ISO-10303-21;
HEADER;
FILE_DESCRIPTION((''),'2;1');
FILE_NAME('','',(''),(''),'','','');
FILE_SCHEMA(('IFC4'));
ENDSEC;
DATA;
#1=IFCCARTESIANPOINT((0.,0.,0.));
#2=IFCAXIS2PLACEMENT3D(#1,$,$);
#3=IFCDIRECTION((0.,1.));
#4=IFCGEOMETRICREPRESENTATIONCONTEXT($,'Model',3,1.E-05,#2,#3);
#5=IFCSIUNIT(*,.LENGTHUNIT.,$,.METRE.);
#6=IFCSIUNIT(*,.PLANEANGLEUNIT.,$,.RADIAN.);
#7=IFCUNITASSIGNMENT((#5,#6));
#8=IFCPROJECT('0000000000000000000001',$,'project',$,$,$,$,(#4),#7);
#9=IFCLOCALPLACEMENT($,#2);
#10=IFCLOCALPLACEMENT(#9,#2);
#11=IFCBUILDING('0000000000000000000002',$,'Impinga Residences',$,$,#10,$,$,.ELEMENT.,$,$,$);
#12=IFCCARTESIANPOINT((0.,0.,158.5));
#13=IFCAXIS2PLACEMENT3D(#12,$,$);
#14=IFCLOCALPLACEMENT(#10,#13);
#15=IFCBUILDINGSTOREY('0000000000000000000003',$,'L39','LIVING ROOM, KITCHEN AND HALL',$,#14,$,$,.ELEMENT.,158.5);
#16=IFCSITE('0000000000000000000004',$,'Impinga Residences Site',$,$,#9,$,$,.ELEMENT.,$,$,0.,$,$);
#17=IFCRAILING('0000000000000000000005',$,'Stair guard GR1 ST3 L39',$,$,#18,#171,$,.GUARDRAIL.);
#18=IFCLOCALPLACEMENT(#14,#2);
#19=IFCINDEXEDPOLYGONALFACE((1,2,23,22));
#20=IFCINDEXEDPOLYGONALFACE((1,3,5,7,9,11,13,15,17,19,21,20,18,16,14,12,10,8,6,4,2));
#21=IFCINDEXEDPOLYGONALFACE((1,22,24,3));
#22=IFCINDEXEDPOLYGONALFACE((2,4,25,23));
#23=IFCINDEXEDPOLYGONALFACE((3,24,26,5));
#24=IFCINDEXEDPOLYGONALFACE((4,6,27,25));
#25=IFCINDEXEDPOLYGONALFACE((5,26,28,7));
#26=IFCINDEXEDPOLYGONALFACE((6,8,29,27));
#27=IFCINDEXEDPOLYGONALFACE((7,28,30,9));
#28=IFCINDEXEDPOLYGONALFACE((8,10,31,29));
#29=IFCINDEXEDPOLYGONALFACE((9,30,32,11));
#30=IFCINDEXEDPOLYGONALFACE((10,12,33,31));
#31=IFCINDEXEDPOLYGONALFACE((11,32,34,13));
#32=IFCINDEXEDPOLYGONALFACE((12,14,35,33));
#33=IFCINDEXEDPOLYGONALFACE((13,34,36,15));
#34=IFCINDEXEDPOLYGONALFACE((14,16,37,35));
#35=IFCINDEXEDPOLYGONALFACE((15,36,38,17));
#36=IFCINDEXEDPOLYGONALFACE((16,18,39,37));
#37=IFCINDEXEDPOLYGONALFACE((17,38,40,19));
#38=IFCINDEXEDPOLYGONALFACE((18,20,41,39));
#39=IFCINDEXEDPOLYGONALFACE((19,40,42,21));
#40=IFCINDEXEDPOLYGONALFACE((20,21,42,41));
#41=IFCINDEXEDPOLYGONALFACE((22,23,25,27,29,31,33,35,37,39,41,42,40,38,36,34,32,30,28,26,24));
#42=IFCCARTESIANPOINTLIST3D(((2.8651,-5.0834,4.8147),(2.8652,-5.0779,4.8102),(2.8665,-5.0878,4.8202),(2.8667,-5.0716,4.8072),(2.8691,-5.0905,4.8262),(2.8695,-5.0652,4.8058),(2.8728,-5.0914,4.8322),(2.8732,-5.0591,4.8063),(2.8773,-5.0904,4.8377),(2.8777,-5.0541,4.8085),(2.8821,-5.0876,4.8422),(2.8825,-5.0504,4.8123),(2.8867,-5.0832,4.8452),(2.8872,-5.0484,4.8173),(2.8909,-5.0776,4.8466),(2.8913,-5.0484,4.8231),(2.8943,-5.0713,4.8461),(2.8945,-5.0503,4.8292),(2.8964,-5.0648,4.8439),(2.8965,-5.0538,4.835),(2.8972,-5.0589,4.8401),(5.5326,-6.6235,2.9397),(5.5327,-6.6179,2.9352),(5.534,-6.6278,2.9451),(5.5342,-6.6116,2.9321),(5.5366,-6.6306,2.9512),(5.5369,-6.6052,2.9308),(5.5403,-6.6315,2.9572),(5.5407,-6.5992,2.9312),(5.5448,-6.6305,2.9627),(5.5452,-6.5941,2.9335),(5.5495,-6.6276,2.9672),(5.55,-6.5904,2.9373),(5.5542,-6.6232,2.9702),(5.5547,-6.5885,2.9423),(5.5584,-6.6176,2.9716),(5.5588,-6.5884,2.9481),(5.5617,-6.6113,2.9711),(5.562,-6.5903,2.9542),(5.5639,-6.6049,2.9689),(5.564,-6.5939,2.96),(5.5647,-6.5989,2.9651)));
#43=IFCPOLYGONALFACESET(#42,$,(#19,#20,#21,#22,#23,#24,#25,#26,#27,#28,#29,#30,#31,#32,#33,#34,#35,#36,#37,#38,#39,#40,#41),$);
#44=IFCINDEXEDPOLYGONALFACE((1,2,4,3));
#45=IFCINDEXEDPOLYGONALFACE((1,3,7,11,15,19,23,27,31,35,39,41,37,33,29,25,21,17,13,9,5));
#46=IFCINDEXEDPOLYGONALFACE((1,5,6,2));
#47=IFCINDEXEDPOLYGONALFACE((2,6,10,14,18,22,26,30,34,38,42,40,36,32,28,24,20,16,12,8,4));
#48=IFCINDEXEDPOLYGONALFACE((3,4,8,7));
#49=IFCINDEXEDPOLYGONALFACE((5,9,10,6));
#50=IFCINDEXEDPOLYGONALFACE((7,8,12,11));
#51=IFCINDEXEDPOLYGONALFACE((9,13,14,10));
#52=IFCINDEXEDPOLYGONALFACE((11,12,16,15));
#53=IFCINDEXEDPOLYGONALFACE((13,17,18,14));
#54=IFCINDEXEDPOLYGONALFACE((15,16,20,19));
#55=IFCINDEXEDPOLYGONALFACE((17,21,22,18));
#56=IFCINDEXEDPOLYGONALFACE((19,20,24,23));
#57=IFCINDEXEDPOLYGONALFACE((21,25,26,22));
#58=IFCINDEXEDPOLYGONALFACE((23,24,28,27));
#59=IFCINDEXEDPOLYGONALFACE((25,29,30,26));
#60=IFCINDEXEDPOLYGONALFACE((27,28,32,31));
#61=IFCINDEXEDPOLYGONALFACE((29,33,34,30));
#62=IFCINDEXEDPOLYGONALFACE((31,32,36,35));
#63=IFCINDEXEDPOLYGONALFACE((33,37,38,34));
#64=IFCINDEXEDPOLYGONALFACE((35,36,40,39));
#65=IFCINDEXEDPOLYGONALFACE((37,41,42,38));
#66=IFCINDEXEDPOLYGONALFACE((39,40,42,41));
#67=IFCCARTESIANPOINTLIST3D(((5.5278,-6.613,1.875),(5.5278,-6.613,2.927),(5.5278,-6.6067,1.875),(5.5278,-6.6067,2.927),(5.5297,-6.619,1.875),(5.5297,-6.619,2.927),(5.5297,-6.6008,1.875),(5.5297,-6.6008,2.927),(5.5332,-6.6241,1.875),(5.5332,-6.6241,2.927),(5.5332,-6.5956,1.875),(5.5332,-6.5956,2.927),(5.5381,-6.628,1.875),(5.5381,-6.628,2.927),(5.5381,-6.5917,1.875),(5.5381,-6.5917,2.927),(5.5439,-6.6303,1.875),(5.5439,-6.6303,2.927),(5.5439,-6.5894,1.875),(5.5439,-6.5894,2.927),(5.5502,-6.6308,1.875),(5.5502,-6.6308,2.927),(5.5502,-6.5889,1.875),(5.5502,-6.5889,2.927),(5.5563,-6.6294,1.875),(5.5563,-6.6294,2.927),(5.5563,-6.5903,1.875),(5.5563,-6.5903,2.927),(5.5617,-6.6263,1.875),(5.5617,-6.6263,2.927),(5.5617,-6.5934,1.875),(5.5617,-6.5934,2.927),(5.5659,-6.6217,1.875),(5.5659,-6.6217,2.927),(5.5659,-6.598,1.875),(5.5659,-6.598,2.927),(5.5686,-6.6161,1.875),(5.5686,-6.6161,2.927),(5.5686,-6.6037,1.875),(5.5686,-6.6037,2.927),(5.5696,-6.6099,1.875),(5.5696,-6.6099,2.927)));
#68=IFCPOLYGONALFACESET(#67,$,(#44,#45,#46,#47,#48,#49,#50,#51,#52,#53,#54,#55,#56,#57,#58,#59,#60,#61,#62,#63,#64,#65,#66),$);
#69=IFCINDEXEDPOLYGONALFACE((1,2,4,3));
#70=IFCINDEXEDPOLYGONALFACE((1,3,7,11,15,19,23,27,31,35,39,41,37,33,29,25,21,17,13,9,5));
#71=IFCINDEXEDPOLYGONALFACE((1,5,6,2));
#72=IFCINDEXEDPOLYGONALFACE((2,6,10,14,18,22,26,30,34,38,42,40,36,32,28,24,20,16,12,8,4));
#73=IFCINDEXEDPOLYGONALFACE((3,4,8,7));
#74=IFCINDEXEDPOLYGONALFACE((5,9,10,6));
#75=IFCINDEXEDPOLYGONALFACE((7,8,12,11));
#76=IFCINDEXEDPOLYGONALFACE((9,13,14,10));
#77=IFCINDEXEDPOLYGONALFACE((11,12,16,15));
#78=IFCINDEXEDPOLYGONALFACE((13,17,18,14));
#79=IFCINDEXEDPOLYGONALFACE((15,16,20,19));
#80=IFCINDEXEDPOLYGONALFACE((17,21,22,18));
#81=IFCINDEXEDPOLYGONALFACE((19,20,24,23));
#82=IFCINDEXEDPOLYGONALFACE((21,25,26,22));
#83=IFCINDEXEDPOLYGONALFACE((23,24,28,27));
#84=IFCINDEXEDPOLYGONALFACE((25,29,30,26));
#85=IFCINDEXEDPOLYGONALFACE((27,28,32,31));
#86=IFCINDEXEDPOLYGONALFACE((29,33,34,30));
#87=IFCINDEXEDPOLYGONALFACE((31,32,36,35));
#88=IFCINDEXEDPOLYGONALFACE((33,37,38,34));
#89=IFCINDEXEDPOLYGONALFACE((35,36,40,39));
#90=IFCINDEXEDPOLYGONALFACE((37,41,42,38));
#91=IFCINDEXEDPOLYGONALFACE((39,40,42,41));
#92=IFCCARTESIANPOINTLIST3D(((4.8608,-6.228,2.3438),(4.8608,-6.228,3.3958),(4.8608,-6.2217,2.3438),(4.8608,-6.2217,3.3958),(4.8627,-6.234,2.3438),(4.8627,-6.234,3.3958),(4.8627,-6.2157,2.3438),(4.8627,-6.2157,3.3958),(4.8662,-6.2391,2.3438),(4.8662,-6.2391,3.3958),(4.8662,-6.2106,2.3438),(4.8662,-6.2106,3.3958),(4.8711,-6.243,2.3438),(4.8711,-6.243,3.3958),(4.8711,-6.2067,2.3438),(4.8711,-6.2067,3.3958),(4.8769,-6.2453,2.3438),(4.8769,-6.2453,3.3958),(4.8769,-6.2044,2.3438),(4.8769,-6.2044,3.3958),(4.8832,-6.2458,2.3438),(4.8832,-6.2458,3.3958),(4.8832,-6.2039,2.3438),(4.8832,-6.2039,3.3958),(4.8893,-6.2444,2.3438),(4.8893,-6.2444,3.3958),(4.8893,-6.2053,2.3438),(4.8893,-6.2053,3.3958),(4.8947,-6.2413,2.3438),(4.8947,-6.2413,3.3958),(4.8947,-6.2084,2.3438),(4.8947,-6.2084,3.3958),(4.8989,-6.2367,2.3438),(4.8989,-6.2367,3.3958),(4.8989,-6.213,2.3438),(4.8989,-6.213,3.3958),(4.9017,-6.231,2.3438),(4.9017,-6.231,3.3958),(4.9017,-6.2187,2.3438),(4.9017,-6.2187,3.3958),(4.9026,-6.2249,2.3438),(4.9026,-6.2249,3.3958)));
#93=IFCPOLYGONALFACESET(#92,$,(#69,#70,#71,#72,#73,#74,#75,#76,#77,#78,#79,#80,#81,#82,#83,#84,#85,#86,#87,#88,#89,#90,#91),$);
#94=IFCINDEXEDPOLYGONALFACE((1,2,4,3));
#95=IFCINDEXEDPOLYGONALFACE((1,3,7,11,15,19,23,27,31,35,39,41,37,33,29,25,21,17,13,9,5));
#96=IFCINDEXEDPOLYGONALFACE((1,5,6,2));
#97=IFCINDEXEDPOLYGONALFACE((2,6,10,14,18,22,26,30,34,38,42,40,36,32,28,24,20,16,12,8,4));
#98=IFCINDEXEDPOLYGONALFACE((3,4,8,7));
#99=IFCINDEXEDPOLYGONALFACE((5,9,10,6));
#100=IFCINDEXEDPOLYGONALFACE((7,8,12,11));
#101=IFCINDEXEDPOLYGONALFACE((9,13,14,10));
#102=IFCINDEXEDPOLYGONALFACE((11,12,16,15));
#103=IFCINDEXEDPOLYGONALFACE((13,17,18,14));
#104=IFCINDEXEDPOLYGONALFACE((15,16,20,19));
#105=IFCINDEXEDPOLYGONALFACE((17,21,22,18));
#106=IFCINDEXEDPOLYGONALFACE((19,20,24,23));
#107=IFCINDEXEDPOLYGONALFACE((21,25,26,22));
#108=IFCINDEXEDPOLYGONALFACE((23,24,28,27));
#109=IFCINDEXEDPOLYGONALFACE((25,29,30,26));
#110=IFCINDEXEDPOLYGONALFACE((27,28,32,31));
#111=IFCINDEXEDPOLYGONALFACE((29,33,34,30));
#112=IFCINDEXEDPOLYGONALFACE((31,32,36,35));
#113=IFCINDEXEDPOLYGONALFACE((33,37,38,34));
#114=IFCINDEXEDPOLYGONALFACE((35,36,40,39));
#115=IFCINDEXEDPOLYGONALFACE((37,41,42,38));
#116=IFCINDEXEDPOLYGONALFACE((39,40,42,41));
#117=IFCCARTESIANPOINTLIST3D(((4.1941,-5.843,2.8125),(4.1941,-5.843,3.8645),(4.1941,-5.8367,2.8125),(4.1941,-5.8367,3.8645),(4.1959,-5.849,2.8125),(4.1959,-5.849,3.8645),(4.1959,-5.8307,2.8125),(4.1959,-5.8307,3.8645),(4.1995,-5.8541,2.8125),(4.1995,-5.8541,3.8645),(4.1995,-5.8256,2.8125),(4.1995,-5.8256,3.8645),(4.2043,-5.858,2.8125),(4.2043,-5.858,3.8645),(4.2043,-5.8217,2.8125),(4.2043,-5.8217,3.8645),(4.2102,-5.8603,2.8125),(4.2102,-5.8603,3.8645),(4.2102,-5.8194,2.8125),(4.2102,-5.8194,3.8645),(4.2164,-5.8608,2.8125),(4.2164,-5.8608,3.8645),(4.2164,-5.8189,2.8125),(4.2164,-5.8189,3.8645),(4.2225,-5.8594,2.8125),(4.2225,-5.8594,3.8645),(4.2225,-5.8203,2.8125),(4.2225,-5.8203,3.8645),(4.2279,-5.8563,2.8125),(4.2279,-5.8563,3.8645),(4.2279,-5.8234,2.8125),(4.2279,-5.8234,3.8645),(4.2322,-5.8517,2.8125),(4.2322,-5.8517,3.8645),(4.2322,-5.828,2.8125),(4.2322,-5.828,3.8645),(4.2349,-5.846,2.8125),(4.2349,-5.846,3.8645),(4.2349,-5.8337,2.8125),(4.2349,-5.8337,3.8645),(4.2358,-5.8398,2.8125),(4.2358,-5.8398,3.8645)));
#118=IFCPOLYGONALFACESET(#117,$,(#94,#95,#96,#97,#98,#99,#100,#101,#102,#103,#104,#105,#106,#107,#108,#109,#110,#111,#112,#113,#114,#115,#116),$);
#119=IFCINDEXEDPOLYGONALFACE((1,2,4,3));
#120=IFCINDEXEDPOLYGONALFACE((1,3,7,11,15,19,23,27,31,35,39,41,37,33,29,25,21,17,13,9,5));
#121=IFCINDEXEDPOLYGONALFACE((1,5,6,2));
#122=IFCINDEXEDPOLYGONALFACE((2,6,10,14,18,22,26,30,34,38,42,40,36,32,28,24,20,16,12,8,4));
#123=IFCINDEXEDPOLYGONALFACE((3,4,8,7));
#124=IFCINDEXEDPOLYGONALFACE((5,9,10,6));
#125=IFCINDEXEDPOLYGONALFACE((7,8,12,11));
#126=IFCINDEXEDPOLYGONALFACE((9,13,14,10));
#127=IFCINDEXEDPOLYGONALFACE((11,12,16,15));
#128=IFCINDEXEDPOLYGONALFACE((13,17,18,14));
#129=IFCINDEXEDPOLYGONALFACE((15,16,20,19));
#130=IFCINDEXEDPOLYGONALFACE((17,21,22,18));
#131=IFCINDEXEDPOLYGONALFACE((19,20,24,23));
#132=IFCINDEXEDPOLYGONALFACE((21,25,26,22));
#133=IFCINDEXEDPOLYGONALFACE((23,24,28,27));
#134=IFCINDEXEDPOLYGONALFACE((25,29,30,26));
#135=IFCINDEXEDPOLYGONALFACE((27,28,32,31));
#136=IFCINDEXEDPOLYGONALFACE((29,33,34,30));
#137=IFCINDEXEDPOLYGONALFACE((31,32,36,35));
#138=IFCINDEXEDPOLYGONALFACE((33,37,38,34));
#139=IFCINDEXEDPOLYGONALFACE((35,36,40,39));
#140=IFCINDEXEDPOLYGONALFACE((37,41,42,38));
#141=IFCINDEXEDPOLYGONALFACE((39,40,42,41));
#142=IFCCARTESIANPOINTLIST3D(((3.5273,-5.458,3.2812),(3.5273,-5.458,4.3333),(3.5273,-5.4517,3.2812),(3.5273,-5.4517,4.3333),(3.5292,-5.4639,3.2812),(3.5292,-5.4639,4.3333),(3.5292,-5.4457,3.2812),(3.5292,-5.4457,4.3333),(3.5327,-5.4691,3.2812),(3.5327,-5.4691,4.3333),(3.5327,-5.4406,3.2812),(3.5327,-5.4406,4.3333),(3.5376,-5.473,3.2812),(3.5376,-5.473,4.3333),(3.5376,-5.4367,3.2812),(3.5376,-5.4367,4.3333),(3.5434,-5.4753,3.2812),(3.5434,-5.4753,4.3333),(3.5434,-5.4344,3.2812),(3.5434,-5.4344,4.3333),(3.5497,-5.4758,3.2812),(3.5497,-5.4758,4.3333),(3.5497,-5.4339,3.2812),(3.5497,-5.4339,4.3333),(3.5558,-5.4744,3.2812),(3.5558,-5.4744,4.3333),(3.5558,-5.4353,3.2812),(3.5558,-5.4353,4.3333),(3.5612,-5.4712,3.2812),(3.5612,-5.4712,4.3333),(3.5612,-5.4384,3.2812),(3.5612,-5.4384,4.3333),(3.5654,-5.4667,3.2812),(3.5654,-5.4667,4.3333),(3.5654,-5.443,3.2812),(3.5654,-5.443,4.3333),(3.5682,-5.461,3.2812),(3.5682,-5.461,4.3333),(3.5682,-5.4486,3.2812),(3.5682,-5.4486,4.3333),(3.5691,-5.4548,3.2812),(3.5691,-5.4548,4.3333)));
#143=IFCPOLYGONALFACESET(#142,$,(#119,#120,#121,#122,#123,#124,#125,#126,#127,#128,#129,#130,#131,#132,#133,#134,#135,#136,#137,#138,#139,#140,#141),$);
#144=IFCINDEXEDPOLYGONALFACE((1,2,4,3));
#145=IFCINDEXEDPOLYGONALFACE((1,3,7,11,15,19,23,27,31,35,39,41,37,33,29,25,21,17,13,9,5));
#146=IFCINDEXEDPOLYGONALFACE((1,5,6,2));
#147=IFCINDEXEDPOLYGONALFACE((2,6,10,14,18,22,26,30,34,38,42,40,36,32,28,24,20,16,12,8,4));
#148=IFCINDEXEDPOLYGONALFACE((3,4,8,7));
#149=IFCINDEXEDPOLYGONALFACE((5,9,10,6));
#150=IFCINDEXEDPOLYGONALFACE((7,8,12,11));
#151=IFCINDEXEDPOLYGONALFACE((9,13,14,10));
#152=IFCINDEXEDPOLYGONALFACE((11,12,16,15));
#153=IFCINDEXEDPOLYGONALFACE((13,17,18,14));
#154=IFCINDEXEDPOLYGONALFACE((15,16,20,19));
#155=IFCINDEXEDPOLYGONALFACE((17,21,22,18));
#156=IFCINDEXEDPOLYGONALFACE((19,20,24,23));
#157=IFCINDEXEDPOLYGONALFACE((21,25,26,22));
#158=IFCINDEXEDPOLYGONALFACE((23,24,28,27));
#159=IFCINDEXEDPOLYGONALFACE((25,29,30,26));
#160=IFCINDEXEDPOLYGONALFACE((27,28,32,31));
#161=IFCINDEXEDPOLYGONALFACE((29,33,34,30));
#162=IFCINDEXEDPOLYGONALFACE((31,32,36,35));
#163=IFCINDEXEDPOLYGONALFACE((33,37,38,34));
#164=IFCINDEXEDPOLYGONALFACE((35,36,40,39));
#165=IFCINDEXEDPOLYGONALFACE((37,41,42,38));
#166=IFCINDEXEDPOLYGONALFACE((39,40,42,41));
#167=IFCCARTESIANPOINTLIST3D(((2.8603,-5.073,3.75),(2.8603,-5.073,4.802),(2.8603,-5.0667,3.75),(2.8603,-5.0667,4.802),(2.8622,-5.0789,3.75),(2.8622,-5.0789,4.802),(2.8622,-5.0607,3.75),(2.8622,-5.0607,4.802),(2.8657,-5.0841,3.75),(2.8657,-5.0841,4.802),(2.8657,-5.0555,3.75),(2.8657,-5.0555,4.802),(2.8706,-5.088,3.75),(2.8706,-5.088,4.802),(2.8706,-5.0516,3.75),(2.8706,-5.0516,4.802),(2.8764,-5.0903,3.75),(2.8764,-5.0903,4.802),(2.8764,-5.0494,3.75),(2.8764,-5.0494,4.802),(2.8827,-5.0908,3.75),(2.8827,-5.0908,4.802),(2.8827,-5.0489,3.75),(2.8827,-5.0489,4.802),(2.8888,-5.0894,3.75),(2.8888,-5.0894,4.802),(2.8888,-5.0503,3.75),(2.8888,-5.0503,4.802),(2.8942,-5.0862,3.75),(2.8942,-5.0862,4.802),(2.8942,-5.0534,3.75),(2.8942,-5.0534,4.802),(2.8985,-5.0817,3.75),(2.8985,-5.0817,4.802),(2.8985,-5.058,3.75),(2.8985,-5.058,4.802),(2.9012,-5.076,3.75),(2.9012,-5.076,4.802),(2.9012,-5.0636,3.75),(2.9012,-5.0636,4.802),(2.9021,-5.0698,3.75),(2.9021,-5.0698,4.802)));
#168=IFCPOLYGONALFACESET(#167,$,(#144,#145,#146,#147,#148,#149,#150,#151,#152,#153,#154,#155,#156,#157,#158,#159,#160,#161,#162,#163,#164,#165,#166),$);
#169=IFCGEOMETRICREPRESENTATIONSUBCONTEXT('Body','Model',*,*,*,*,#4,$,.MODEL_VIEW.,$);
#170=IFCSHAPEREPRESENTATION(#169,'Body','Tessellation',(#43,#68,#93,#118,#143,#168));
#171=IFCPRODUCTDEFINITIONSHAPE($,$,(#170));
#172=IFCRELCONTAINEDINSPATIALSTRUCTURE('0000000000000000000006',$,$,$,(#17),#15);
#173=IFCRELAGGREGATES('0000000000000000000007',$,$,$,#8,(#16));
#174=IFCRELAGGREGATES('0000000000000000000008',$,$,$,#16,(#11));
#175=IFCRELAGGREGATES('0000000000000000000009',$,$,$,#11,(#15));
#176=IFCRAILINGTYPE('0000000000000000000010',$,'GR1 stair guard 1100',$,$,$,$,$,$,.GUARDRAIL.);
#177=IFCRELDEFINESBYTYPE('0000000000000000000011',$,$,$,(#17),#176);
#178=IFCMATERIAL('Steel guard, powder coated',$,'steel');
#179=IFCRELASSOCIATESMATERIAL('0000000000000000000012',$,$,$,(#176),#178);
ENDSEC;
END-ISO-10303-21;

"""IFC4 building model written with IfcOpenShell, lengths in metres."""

from ifc_helpers import new_model, si_unit, direction, frame, origin, origin_2d, place, context, subcontext, project, spatial, circle, extrude, material, type_object, element, save


model = new_model("IFC4")

# Units and contexts
model_context = context("Model", 3, precision=1e-05, world=origin(), true_north=direction((0.0, 1.0)))
body_context = subcontext(model_context, "Body", "Model", "MODEL_VIEW")
ifc_project = project(units=[si_unit("LENGTHUNIT", "METRE"), si_unit("PLANEANGLEUNIT", "RADIAN")], contexts=[model_context])

# Site, building, storey
site_placement = place(None, origin())
site = spatial("IfcSite", under=ifc_project, at=site_placement, Name="Impinga Residences Site", CompositionType="ELEMENT", RefElevation=0.0)
building_placement = place(site_placement, origin())
building = spatial("IfcBuilding", under=site, at=building_placement, Name="Impinga Residences", CompositionType="ELEMENT")
storey_placement = place(building_placement, frame((0.0, 0.0, 158.5)))
storey = spatial("IfcBuildingStorey", under=building, at=storey_placement, Name="L39", Description="LIVING ROOM, KITCHEN AND HALL", CompositionType="ELEMENT", Elevation=158.5)

# Railing
ifc_material_1 = material(Name="Steel guard, powder coated", Category="steel")
railing_type_1 = type_object("IfcRailingType", Name="GR1 stair guard 1100", PredefinedType="GUARDRAIL", material=ifc_material_1)
railing_1_placement = place(storey_placement, frame((5.5486, -6.6099, 1.875)))
element("IfcRailing", 1, at=railing_1_placement, inside=storey, type_object=railing_type_1, Name="Stair guard GR1 ST3 L39", PredefinedType="GUARDRAIL", context=body_context, shape_type="SweptSolid", body=[
    extrude(circle(Radius=0.0239, at=origin_2d()), frame((0.0, 0.0, 1.0762), z_axis=(-0.739746, 0.427084, 0.519975), x_axis=(-0.499992, -0.86603, 0.0)), (0.0, 0.0, 1.0), 3.606),
    extrude(circle(Radius=0.021, at=origin_2d()), origin(), (0.0, 0.0, 1.0), 1.052),
    extrude(circle(Radius=0.021, at=origin_2d()), frame((-0.667, 0.385, 0.4688)), (0.0, 0.0, 1.0), 1.052),
    extrude(circle(Radius=0.021, at=origin_2d()), frame((-1.3337, 0.77, 0.9375)), (0.0, 0.0, 1.0), 1.052),
    extrude(circle(Radius=0.021, at=origin_2d()), frame((-2.0005, 1.155, 1.4062)), (0.0, 0.0, 1.0), 1.052),
    extrude(circle(Radius=0.021, at=origin_2d()), frame((-2.6675, 1.54, 1.875)), (0.0, 0.0, 1.0), 1.052),
])

save(model, "model.ifc")
